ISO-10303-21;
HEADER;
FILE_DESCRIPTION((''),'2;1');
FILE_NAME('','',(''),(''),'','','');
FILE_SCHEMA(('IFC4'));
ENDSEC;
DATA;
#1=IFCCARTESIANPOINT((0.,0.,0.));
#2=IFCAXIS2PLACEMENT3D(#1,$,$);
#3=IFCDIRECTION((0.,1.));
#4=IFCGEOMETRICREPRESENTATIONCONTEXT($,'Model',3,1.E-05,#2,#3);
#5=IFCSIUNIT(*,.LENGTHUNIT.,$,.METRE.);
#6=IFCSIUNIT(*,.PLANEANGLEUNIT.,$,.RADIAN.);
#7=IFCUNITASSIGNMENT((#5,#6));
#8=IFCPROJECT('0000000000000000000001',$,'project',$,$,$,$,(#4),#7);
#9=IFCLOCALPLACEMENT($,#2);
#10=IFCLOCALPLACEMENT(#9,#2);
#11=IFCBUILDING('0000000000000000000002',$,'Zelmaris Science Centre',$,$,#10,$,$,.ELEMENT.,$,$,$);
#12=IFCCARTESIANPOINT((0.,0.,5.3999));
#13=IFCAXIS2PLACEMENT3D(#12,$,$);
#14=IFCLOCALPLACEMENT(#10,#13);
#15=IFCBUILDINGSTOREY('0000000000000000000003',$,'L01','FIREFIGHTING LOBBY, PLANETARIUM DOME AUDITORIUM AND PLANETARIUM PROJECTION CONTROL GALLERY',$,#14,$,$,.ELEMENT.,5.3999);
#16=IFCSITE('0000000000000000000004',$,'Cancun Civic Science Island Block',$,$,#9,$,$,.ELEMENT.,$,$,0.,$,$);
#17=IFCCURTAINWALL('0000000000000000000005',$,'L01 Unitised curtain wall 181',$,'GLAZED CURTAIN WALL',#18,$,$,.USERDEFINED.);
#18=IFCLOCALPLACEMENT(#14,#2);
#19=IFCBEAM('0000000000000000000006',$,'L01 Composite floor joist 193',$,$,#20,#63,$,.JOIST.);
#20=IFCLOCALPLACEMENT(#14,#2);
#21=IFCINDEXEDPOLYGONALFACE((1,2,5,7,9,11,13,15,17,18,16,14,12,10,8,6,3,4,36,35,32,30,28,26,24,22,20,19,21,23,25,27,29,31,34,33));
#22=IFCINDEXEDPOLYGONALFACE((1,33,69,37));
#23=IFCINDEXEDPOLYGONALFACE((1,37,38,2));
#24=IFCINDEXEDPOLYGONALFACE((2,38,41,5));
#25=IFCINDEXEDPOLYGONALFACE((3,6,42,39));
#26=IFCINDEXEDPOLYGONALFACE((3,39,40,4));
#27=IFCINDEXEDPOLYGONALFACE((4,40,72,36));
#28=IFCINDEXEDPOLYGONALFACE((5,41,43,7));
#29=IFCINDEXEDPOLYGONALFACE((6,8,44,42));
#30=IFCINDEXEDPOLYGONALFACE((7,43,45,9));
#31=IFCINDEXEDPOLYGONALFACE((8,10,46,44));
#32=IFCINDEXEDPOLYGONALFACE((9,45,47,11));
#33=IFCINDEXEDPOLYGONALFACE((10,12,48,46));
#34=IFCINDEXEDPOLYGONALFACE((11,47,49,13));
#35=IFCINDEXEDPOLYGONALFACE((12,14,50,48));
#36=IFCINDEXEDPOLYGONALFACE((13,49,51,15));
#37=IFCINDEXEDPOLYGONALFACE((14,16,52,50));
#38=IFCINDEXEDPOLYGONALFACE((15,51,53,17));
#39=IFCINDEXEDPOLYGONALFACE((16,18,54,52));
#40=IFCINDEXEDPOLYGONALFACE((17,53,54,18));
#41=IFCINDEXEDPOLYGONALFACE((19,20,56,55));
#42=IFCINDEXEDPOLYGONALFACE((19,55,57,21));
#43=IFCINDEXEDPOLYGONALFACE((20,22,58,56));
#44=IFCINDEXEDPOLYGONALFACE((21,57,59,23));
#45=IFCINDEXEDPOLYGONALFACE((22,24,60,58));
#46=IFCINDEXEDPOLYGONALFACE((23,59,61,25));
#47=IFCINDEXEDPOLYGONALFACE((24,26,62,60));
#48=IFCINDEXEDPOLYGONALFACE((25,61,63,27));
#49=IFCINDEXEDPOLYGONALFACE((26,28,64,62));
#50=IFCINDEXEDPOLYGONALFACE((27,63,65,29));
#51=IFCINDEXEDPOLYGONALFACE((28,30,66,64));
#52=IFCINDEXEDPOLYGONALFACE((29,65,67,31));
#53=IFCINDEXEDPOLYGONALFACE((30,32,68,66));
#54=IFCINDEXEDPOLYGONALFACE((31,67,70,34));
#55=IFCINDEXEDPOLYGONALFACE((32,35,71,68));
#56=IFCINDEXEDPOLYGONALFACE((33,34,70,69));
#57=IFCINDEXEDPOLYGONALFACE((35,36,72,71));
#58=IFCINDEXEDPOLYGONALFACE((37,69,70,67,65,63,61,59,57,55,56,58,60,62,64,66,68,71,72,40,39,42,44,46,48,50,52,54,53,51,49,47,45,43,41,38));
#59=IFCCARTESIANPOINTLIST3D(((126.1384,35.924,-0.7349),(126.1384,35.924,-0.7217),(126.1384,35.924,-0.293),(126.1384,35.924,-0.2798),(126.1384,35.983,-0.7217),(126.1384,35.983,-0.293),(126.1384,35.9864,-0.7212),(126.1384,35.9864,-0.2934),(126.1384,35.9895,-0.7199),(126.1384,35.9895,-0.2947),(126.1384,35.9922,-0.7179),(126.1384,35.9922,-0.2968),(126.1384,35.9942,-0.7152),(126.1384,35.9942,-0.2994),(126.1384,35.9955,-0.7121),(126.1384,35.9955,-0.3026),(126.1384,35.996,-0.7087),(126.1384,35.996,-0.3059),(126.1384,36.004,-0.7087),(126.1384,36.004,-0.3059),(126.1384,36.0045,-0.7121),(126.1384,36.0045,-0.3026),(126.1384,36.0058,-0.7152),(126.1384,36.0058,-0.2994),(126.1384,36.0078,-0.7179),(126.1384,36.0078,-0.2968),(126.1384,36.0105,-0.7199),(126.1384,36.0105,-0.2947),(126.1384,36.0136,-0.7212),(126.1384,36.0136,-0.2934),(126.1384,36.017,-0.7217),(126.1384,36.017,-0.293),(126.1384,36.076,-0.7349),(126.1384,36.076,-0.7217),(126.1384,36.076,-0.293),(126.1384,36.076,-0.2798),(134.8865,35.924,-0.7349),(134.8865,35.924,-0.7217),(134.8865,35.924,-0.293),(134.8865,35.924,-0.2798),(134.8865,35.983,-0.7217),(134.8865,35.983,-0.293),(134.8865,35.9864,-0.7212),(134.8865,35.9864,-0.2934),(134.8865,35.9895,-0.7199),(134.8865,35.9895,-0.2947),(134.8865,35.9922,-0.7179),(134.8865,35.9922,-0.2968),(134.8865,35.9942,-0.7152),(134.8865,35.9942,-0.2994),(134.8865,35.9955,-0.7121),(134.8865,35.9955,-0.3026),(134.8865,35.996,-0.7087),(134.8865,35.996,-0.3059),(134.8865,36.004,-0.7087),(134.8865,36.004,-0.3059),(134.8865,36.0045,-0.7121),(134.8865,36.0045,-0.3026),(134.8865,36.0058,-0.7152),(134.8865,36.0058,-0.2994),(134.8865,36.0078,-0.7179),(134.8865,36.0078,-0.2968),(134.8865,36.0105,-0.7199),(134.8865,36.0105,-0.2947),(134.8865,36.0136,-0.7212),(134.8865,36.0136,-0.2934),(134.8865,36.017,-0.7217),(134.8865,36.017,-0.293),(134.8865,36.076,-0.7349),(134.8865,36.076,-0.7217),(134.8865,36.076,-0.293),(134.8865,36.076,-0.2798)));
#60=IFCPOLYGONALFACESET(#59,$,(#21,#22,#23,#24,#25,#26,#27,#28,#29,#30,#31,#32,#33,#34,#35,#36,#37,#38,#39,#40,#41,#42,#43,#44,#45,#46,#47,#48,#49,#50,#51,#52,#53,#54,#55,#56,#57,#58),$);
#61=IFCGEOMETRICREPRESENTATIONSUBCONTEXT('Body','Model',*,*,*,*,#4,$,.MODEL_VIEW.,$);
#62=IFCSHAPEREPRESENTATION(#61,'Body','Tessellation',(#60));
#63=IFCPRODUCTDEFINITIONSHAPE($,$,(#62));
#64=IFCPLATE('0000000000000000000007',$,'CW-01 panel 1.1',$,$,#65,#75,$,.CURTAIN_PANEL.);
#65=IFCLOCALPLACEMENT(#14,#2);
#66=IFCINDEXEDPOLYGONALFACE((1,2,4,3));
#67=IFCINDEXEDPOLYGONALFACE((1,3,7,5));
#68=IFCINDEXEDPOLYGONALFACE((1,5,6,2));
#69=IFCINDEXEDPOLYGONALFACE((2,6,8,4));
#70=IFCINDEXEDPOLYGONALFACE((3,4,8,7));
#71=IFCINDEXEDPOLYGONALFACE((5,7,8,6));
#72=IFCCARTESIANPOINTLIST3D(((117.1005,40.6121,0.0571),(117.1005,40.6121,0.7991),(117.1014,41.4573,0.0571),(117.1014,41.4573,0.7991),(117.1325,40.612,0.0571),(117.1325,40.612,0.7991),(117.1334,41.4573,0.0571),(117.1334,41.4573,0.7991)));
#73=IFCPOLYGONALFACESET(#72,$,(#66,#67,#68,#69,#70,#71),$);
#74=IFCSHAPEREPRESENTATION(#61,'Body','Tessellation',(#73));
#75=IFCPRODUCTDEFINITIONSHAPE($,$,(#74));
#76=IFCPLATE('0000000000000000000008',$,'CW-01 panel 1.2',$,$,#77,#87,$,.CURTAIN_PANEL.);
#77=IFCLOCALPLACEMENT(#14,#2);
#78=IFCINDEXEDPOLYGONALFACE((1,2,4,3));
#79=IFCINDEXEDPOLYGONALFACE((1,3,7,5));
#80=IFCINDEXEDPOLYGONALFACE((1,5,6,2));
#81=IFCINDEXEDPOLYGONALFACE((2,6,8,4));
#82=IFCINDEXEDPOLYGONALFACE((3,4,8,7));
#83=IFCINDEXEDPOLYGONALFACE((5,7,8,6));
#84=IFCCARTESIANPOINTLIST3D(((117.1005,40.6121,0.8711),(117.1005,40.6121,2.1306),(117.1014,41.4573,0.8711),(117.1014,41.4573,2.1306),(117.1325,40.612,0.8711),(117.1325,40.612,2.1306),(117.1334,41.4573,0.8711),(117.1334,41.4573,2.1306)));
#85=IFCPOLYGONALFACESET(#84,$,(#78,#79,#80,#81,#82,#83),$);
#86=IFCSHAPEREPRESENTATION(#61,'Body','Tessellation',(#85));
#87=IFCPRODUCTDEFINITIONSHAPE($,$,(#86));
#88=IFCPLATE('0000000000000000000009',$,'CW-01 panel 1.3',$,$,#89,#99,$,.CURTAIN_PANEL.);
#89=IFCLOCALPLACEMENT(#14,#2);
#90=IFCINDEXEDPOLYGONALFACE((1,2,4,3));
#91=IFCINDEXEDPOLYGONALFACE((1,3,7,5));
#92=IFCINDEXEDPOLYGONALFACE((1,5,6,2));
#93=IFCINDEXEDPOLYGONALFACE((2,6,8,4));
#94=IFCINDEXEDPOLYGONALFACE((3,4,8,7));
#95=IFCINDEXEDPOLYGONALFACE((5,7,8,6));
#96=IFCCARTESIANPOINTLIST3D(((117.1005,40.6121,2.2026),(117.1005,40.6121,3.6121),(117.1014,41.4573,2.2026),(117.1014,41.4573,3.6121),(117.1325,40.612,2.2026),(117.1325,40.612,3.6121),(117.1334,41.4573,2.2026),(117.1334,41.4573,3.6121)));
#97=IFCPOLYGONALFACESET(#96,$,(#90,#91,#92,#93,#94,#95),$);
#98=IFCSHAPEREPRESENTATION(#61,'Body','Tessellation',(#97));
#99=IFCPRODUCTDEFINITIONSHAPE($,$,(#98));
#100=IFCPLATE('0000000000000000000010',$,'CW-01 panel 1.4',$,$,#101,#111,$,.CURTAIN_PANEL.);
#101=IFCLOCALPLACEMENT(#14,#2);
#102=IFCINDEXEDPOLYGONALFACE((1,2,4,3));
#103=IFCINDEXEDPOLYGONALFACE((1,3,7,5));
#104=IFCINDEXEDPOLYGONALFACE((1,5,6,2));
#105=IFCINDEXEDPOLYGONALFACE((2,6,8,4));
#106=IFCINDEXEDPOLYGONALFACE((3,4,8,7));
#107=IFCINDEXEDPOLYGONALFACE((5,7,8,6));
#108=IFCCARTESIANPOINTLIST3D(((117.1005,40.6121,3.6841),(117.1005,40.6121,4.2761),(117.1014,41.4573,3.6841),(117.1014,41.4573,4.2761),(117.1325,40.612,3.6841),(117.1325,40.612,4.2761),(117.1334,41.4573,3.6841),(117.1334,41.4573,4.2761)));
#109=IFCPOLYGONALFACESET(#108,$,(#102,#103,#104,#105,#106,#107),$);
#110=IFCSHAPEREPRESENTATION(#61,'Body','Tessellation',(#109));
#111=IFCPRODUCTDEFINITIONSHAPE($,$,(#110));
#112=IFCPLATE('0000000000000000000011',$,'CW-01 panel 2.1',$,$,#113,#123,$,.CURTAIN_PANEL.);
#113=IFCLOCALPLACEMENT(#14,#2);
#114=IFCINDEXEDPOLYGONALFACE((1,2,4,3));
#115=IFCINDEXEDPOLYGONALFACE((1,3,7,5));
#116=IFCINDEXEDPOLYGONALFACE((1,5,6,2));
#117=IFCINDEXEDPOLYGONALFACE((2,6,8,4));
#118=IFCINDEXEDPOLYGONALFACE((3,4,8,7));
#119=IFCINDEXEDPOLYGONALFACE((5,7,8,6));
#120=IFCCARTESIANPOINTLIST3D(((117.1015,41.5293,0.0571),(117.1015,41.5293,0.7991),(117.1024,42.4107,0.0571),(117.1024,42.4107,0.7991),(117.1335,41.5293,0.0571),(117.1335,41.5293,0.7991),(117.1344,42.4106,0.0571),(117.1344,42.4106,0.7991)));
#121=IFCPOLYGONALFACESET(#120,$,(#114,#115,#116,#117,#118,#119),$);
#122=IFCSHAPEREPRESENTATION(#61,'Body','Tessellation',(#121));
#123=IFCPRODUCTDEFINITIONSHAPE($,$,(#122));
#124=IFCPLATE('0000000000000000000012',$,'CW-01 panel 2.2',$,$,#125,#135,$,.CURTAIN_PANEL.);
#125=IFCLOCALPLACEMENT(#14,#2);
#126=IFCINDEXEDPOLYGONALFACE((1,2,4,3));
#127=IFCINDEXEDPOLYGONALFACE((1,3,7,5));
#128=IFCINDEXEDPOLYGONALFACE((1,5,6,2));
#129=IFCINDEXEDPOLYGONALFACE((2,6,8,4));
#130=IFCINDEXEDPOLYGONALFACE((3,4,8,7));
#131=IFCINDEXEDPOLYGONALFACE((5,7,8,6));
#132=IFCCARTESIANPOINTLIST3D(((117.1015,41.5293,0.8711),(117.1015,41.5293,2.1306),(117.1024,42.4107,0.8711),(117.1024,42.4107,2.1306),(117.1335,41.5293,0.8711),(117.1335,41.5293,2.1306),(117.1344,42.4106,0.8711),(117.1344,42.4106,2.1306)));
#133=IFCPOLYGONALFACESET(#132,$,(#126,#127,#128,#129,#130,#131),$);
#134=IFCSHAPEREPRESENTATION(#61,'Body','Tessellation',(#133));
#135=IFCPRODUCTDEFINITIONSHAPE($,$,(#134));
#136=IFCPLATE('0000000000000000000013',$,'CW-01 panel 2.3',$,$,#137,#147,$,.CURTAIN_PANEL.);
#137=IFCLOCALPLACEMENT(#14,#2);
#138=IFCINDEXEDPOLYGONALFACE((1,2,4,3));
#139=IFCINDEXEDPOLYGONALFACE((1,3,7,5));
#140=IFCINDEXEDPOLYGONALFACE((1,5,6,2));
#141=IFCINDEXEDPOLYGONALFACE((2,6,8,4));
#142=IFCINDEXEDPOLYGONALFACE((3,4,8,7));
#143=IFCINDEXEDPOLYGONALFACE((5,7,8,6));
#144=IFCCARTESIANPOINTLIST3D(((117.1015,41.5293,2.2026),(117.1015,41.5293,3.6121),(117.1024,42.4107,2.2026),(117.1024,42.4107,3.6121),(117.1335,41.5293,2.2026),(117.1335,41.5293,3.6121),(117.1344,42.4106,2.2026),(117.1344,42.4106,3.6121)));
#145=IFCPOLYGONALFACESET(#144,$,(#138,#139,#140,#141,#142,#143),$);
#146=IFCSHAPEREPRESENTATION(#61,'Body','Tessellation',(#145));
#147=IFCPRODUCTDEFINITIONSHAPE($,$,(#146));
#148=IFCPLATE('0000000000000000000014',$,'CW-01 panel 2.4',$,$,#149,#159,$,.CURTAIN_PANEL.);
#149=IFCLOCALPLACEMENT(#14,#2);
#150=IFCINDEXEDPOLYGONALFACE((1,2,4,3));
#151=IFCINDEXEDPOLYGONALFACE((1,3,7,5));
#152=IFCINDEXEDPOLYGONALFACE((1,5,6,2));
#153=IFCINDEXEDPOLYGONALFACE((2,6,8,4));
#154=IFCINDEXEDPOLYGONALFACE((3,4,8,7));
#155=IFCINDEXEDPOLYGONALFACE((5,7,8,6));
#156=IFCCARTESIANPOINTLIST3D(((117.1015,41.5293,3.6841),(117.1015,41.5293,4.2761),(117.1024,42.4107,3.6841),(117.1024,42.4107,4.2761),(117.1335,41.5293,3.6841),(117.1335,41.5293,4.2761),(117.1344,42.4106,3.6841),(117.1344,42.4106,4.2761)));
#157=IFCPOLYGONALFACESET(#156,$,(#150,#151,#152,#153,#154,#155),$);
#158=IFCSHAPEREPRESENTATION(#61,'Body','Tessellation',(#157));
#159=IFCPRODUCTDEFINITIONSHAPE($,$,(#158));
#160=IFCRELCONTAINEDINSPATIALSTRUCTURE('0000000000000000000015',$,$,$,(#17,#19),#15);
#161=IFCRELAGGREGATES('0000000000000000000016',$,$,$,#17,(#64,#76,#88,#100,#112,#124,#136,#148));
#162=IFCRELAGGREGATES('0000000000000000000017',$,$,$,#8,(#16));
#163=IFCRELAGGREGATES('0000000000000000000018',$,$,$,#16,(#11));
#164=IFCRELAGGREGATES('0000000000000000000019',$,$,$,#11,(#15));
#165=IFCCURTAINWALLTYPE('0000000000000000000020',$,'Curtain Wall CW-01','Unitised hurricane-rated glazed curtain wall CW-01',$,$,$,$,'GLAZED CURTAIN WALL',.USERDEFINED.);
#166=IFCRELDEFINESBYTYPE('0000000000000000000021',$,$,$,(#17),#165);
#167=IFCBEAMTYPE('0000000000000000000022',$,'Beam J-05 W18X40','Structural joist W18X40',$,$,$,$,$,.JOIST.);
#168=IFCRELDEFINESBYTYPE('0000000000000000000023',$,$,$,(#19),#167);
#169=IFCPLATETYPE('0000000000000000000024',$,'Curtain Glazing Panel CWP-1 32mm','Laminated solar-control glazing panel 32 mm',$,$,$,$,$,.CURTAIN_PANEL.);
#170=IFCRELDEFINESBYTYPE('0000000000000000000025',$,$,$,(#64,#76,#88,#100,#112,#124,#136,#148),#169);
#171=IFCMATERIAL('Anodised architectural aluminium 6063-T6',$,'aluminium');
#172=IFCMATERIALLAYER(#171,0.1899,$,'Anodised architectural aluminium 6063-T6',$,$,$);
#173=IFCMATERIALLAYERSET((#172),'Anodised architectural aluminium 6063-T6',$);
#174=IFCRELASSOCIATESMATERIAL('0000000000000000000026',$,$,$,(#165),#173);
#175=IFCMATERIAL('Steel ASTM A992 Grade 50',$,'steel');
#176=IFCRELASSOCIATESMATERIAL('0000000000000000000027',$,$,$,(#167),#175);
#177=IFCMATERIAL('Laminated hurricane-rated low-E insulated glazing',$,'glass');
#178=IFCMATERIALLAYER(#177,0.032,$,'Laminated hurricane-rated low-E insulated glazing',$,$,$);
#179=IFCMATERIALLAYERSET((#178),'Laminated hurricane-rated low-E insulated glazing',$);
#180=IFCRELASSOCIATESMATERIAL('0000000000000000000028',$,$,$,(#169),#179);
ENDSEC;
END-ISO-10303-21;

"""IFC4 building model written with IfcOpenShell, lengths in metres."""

from ifc_helpers import new_model, si_unit, direction, frame, origin, origin_2d, place, context, subcontext, project, spatial, rectangle, i_section, extrude, material, layer, layer_set, material_profile, profile_set, type_object, element, aggregate, save


model = new_model("IFC4")

# Units and contexts
model_context = context("Model", 3, precision=1e-05, world=origin(), true_north=direction((0.0, 1.0)))
body_context = subcontext(model_context, "Body", "Model", "MODEL_VIEW")
ifc_project = project(units=[si_unit("LENGTHUNIT", "METRE"), si_unit("PLANEANGLEUNIT", "RADIAN")], contexts=[model_context])

# Site, building, storey
site_placement = place(None, origin())
site = spatial("IfcSite", under=ifc_project, at=site_placement, Name="Cancun Civic Science Island Block", CompositionType="ELEMENT", RefElevation=0.0)
building_placement = place(site_placement, origin())
building = spatial("IfcBuilding", under=site, at=building_placement, Name="Zelmaris Science Centre", CompositionType="ELEMENT")
storey_placement = place(building_placement, frame((0.0, 0.0, 5.3999)))
storey = spatial("IfcBuildingStorey", under=building, at=storey_placement, Name="L01", Description="FIREFIGHTING LOBBY, PLANETARIUM DOME AUDITORIUM AND PLANETARIUM PROJECTION CONTROL GALLERY", CompositionType="ELEMENT", Elevation=5.3999)

# Shared definitions
ifc_material_1 = material(Name="Steel ASTM A992 Grade 50", Category="steel")

# Curtain wall
ifc_material_2 = material(Name="Anodised architectural aluminium 6063-T6", Category="aluminium")
ifc_layer_1 = layer(ifc_material_2, 0.1899, Name="Anodised architectural aluminium 6063-T6")
ifc_layer_set_1 = layer_set([ifc_layer_1], Name="Anodised architectural aluminium 6063-T6")
curtain_wall_type = type_object("IfcCurtainWallType", Name="Curtain Wall CW-01", Description="Unitised hurricane-rated glazed curtain wall CW-01", ElementType="GLAZED CURTAIN WALL", PredefinedType="USERDEFINED", material=ifc_layer_set_1)
curtain_wall_placement = place(storey_placement, origin())
curtain_wall = element("IfcCurtainWall", 1, at=curtain_wall_placement, inside=storey, type_object=curtain_wall_type, Name="L01 Unitised curtain wall 181", ObjectType="GLAZED CURTAIN WALL", PredefinedType="USERDEFINED")

# Beam
ifc_material_profile_1 = material_profile(ifc_material_1, i_section(OverallWidth=0.1521, OverallDepth=0.4551, WebThickness=0.0081, FlangeThickness=0.0132, FilletRadius=0.0129, at=origin_2d()), Name="W18X40")
ifc_profile_set_1 = profile_set([ifc_material_profile_1], Name="Steel ASTM A992 Grade 50")
beam_type_1 = type_object("IfcBeamType", Name="Beam J-05 W18X40", Description="Structural joist W18X40", PredefinedType="JOIST", material=ifc_profile_set_1)
beam_1_placement = place(storey_placement, frame((126.1384, 36.0, -0.5073), z_axis=(1.0, 0.0, 0.0), x_axis=(0.0, 1.0, 0.0)))
element("IfcBeam", 2, at=beam_1_placement, inside=storey, type_object=beam_type_1, Name="L01 Composite floor joist 193", PredefinedType="JOIST", context=body_context, shape_type="SweptSolid", body=[
    extrude(i_section(OverallWidth=0.1521, OverallDepth=0.4551, WebThickness=0.0081, FlangeThickness=0.0132, FilletRadius=0.0129, at=origin_2d()), origin(), (0.0, 0.0, 1.0), 8.748),
])

# Plates
ifc_material_3 = material(Name="Laminated hurricane-rated low-E insulated glazing", Category="glass")
ifc_layer_2 = layer(ifc_material_3, 0.032, Name="Laminated hurricane-rated low-E insulated glazing")
ifc_layer_set_2 = layer_set([ifc_layer_2], Name="Laminated hurricane-rated low-E insulated glazing")
plate_type = type_object("IfcPlateType", Name="Curtain Glazing Panel CWP-1 32mm", Description="Laminated solar-control glazing panel 32 mm", PredefinedType="CURTAIN_PANEL", material=ifc_layer_set_2)
plate_1_placement = place(storey_placement, frame((117.1169, 41.0347, 0.0571), z_axis=(0.0, 0.0, 1.0), x_axis=(0.001014, 0.999999, 0.0)))
plate_1 = element("IfcPlate", 3, at=plate_1_placement, type_object=plate_type, Name="CW-01 panel 1.1", PredefinedType="CURTAIN_PANEL", context=body_context, shape_type="SweptSolid", body=[
    extrude(rectangle(XDim=0.8452, YDim=0.032, at=origin_2d()), origin(), (0.0, 0.0, 1.0), 0.7419),
])
plate_2_placement = place(storey_placement, frame((117.1169, 41.0347, 0.8711), z_axis=(0.0, 0.0, 1.0), x_axis=(0.001014, 0.999999, 0.0)))
plate_2 = element("IfcPlate", 4, at=plate_2_placement, type_object=plate_type, Name="CW-01 panel 1.2", PredefinedType="CURTAIN_PANEL", context=body_context, shape_type="SweptSolid", body=[
    extrude(rectangle(XDim=0.8452, YDim=0.032, at=origin_2d()), origin(), (0.0, 0.0, 1.0), 1.2595),
])
plate_3_placement = place(storey_placement, frame((117.1169, 41.0347, 2.2026), z_axis=(0.0, 0.0, 1.0), x_axis=(0.001014, 0.999999, 0.0)))
plate_3 = element("IfcPlate", 5, at=plate_3_placement, type_object=plate_type, Name="CW-01 panel 1.3", PredefinedType="CURTAIN_PANEL", context=body_context, shape_type="SweptSolid", body=[
    extrude(rectangle(XDim=0.8452, YDim=0.032, at=origin_2d()), origin(), (0.0, 0.0, 1.0), 1.4094),
])
plate_4_placement = place(storey_placement, frame((117.1169, 41.0347, 3.6841), z_axis=(0.0, 0.0, 1.0), x_axis=(0.001014, 0.999999, 0.0)))
plate_4 = element("IfcPlate", 6, at=plate_4_placement, type_object=plate_type, Name="CW-01 panel 1.4", PredefinedType="CURTAIN_PANEL", context=body_context, shape_type="SweptSolid", body=[
    extrude(rectangle(XDim=0.8452, YDim=0.032, at=origin_2d()), origin(), (0.0, 0.0, 1.0), 0.592),
])
plate_5_placement = place(storey_placement, frame((117.1179, 41.97, 0.0571), z_axis=(0.0, 0.0, 1.0), x_axis=(0.001014, 0.999999, 0.0)))
plate_5 = element("IfcPlate", 7, at=plate_5_placement, type_object=plate_type, Name="CW-01 panel 2.1", PredefinedType="CURTAIN_PANEL", context=body_context, shape_type="SweptSolid", body=[
    extrude(rectangle(XDim=0.8813, YDim=0.032, at=origin_2d()), origin(), (0.0, 0.0, 1.0), 0.7419),
])
plate_6_placement = place(storey_placement, frame((117.1179, 41.97, 0.8711), z_axis=(0.0, 0.0, 1.0), x_axis=(0.001014, 0.999999, 0.0)))
plate_6 = element("IfcPlate", 8, at=plate_6_placement, type_object=plate_type, Name="CW-01 panel 2.2", PredefinedType="CURTAIN_PANEL", context=body_context, shape_type="SweptSolid", body=[
    extrude(rectangle(XDim=0.8813, YDim=0.032, at=origin_2d()), origin(), (0.0, 0.0, 1.0), 1.2595),
])
plate_7_placement = place(storey_placement, frame((117.1179, 41.97, 2.2026), z_axis=(0.0, 0.0, 1.0), x_axis=(0.001014, 0.999999, 0.0)))
plate_7 = element("IfcPlate", 9, at=plate_7_placement, type_object=plate_type, Name="CW-01 panel 2.3", PredefinedType="CURTAIN_PANEL", context=body_context, shape_type="SweptSolid", body=[
    extrude(rectangle(XDim=0.8813, YDim=0.032, at=origin_2d()), origin(), (0.0, 0.0, 1.0), 1.4094),
])
plate_8_placement = place(storey_placement, frame((117.1179, 41.97, 3.6841), z_axis=(0.0, 0.0, 1.0), x_axis=(0.001014, 0.999999, 0.0)))
plate_8 = element("IfcPlate", 10, at=plate_8_placement, type_object=plate_type, Name="CW-01 panel 2.4", PredefinedType="CURTAIN_PANEL", context=body_context, shape_type="SweptSolid", body=[
    extrude(rectangle(XDim=0.8813, YDim=0.032, at=origin_2d()), origin(), (0.0, 0.0, 1.0), 0.592),
])
aggregate(curtain_wall, [plate_1, plate_2, plate_3, plate_4, plate_5, plate_6, plate_7, plate_8])

save(model, "model.ifc")
